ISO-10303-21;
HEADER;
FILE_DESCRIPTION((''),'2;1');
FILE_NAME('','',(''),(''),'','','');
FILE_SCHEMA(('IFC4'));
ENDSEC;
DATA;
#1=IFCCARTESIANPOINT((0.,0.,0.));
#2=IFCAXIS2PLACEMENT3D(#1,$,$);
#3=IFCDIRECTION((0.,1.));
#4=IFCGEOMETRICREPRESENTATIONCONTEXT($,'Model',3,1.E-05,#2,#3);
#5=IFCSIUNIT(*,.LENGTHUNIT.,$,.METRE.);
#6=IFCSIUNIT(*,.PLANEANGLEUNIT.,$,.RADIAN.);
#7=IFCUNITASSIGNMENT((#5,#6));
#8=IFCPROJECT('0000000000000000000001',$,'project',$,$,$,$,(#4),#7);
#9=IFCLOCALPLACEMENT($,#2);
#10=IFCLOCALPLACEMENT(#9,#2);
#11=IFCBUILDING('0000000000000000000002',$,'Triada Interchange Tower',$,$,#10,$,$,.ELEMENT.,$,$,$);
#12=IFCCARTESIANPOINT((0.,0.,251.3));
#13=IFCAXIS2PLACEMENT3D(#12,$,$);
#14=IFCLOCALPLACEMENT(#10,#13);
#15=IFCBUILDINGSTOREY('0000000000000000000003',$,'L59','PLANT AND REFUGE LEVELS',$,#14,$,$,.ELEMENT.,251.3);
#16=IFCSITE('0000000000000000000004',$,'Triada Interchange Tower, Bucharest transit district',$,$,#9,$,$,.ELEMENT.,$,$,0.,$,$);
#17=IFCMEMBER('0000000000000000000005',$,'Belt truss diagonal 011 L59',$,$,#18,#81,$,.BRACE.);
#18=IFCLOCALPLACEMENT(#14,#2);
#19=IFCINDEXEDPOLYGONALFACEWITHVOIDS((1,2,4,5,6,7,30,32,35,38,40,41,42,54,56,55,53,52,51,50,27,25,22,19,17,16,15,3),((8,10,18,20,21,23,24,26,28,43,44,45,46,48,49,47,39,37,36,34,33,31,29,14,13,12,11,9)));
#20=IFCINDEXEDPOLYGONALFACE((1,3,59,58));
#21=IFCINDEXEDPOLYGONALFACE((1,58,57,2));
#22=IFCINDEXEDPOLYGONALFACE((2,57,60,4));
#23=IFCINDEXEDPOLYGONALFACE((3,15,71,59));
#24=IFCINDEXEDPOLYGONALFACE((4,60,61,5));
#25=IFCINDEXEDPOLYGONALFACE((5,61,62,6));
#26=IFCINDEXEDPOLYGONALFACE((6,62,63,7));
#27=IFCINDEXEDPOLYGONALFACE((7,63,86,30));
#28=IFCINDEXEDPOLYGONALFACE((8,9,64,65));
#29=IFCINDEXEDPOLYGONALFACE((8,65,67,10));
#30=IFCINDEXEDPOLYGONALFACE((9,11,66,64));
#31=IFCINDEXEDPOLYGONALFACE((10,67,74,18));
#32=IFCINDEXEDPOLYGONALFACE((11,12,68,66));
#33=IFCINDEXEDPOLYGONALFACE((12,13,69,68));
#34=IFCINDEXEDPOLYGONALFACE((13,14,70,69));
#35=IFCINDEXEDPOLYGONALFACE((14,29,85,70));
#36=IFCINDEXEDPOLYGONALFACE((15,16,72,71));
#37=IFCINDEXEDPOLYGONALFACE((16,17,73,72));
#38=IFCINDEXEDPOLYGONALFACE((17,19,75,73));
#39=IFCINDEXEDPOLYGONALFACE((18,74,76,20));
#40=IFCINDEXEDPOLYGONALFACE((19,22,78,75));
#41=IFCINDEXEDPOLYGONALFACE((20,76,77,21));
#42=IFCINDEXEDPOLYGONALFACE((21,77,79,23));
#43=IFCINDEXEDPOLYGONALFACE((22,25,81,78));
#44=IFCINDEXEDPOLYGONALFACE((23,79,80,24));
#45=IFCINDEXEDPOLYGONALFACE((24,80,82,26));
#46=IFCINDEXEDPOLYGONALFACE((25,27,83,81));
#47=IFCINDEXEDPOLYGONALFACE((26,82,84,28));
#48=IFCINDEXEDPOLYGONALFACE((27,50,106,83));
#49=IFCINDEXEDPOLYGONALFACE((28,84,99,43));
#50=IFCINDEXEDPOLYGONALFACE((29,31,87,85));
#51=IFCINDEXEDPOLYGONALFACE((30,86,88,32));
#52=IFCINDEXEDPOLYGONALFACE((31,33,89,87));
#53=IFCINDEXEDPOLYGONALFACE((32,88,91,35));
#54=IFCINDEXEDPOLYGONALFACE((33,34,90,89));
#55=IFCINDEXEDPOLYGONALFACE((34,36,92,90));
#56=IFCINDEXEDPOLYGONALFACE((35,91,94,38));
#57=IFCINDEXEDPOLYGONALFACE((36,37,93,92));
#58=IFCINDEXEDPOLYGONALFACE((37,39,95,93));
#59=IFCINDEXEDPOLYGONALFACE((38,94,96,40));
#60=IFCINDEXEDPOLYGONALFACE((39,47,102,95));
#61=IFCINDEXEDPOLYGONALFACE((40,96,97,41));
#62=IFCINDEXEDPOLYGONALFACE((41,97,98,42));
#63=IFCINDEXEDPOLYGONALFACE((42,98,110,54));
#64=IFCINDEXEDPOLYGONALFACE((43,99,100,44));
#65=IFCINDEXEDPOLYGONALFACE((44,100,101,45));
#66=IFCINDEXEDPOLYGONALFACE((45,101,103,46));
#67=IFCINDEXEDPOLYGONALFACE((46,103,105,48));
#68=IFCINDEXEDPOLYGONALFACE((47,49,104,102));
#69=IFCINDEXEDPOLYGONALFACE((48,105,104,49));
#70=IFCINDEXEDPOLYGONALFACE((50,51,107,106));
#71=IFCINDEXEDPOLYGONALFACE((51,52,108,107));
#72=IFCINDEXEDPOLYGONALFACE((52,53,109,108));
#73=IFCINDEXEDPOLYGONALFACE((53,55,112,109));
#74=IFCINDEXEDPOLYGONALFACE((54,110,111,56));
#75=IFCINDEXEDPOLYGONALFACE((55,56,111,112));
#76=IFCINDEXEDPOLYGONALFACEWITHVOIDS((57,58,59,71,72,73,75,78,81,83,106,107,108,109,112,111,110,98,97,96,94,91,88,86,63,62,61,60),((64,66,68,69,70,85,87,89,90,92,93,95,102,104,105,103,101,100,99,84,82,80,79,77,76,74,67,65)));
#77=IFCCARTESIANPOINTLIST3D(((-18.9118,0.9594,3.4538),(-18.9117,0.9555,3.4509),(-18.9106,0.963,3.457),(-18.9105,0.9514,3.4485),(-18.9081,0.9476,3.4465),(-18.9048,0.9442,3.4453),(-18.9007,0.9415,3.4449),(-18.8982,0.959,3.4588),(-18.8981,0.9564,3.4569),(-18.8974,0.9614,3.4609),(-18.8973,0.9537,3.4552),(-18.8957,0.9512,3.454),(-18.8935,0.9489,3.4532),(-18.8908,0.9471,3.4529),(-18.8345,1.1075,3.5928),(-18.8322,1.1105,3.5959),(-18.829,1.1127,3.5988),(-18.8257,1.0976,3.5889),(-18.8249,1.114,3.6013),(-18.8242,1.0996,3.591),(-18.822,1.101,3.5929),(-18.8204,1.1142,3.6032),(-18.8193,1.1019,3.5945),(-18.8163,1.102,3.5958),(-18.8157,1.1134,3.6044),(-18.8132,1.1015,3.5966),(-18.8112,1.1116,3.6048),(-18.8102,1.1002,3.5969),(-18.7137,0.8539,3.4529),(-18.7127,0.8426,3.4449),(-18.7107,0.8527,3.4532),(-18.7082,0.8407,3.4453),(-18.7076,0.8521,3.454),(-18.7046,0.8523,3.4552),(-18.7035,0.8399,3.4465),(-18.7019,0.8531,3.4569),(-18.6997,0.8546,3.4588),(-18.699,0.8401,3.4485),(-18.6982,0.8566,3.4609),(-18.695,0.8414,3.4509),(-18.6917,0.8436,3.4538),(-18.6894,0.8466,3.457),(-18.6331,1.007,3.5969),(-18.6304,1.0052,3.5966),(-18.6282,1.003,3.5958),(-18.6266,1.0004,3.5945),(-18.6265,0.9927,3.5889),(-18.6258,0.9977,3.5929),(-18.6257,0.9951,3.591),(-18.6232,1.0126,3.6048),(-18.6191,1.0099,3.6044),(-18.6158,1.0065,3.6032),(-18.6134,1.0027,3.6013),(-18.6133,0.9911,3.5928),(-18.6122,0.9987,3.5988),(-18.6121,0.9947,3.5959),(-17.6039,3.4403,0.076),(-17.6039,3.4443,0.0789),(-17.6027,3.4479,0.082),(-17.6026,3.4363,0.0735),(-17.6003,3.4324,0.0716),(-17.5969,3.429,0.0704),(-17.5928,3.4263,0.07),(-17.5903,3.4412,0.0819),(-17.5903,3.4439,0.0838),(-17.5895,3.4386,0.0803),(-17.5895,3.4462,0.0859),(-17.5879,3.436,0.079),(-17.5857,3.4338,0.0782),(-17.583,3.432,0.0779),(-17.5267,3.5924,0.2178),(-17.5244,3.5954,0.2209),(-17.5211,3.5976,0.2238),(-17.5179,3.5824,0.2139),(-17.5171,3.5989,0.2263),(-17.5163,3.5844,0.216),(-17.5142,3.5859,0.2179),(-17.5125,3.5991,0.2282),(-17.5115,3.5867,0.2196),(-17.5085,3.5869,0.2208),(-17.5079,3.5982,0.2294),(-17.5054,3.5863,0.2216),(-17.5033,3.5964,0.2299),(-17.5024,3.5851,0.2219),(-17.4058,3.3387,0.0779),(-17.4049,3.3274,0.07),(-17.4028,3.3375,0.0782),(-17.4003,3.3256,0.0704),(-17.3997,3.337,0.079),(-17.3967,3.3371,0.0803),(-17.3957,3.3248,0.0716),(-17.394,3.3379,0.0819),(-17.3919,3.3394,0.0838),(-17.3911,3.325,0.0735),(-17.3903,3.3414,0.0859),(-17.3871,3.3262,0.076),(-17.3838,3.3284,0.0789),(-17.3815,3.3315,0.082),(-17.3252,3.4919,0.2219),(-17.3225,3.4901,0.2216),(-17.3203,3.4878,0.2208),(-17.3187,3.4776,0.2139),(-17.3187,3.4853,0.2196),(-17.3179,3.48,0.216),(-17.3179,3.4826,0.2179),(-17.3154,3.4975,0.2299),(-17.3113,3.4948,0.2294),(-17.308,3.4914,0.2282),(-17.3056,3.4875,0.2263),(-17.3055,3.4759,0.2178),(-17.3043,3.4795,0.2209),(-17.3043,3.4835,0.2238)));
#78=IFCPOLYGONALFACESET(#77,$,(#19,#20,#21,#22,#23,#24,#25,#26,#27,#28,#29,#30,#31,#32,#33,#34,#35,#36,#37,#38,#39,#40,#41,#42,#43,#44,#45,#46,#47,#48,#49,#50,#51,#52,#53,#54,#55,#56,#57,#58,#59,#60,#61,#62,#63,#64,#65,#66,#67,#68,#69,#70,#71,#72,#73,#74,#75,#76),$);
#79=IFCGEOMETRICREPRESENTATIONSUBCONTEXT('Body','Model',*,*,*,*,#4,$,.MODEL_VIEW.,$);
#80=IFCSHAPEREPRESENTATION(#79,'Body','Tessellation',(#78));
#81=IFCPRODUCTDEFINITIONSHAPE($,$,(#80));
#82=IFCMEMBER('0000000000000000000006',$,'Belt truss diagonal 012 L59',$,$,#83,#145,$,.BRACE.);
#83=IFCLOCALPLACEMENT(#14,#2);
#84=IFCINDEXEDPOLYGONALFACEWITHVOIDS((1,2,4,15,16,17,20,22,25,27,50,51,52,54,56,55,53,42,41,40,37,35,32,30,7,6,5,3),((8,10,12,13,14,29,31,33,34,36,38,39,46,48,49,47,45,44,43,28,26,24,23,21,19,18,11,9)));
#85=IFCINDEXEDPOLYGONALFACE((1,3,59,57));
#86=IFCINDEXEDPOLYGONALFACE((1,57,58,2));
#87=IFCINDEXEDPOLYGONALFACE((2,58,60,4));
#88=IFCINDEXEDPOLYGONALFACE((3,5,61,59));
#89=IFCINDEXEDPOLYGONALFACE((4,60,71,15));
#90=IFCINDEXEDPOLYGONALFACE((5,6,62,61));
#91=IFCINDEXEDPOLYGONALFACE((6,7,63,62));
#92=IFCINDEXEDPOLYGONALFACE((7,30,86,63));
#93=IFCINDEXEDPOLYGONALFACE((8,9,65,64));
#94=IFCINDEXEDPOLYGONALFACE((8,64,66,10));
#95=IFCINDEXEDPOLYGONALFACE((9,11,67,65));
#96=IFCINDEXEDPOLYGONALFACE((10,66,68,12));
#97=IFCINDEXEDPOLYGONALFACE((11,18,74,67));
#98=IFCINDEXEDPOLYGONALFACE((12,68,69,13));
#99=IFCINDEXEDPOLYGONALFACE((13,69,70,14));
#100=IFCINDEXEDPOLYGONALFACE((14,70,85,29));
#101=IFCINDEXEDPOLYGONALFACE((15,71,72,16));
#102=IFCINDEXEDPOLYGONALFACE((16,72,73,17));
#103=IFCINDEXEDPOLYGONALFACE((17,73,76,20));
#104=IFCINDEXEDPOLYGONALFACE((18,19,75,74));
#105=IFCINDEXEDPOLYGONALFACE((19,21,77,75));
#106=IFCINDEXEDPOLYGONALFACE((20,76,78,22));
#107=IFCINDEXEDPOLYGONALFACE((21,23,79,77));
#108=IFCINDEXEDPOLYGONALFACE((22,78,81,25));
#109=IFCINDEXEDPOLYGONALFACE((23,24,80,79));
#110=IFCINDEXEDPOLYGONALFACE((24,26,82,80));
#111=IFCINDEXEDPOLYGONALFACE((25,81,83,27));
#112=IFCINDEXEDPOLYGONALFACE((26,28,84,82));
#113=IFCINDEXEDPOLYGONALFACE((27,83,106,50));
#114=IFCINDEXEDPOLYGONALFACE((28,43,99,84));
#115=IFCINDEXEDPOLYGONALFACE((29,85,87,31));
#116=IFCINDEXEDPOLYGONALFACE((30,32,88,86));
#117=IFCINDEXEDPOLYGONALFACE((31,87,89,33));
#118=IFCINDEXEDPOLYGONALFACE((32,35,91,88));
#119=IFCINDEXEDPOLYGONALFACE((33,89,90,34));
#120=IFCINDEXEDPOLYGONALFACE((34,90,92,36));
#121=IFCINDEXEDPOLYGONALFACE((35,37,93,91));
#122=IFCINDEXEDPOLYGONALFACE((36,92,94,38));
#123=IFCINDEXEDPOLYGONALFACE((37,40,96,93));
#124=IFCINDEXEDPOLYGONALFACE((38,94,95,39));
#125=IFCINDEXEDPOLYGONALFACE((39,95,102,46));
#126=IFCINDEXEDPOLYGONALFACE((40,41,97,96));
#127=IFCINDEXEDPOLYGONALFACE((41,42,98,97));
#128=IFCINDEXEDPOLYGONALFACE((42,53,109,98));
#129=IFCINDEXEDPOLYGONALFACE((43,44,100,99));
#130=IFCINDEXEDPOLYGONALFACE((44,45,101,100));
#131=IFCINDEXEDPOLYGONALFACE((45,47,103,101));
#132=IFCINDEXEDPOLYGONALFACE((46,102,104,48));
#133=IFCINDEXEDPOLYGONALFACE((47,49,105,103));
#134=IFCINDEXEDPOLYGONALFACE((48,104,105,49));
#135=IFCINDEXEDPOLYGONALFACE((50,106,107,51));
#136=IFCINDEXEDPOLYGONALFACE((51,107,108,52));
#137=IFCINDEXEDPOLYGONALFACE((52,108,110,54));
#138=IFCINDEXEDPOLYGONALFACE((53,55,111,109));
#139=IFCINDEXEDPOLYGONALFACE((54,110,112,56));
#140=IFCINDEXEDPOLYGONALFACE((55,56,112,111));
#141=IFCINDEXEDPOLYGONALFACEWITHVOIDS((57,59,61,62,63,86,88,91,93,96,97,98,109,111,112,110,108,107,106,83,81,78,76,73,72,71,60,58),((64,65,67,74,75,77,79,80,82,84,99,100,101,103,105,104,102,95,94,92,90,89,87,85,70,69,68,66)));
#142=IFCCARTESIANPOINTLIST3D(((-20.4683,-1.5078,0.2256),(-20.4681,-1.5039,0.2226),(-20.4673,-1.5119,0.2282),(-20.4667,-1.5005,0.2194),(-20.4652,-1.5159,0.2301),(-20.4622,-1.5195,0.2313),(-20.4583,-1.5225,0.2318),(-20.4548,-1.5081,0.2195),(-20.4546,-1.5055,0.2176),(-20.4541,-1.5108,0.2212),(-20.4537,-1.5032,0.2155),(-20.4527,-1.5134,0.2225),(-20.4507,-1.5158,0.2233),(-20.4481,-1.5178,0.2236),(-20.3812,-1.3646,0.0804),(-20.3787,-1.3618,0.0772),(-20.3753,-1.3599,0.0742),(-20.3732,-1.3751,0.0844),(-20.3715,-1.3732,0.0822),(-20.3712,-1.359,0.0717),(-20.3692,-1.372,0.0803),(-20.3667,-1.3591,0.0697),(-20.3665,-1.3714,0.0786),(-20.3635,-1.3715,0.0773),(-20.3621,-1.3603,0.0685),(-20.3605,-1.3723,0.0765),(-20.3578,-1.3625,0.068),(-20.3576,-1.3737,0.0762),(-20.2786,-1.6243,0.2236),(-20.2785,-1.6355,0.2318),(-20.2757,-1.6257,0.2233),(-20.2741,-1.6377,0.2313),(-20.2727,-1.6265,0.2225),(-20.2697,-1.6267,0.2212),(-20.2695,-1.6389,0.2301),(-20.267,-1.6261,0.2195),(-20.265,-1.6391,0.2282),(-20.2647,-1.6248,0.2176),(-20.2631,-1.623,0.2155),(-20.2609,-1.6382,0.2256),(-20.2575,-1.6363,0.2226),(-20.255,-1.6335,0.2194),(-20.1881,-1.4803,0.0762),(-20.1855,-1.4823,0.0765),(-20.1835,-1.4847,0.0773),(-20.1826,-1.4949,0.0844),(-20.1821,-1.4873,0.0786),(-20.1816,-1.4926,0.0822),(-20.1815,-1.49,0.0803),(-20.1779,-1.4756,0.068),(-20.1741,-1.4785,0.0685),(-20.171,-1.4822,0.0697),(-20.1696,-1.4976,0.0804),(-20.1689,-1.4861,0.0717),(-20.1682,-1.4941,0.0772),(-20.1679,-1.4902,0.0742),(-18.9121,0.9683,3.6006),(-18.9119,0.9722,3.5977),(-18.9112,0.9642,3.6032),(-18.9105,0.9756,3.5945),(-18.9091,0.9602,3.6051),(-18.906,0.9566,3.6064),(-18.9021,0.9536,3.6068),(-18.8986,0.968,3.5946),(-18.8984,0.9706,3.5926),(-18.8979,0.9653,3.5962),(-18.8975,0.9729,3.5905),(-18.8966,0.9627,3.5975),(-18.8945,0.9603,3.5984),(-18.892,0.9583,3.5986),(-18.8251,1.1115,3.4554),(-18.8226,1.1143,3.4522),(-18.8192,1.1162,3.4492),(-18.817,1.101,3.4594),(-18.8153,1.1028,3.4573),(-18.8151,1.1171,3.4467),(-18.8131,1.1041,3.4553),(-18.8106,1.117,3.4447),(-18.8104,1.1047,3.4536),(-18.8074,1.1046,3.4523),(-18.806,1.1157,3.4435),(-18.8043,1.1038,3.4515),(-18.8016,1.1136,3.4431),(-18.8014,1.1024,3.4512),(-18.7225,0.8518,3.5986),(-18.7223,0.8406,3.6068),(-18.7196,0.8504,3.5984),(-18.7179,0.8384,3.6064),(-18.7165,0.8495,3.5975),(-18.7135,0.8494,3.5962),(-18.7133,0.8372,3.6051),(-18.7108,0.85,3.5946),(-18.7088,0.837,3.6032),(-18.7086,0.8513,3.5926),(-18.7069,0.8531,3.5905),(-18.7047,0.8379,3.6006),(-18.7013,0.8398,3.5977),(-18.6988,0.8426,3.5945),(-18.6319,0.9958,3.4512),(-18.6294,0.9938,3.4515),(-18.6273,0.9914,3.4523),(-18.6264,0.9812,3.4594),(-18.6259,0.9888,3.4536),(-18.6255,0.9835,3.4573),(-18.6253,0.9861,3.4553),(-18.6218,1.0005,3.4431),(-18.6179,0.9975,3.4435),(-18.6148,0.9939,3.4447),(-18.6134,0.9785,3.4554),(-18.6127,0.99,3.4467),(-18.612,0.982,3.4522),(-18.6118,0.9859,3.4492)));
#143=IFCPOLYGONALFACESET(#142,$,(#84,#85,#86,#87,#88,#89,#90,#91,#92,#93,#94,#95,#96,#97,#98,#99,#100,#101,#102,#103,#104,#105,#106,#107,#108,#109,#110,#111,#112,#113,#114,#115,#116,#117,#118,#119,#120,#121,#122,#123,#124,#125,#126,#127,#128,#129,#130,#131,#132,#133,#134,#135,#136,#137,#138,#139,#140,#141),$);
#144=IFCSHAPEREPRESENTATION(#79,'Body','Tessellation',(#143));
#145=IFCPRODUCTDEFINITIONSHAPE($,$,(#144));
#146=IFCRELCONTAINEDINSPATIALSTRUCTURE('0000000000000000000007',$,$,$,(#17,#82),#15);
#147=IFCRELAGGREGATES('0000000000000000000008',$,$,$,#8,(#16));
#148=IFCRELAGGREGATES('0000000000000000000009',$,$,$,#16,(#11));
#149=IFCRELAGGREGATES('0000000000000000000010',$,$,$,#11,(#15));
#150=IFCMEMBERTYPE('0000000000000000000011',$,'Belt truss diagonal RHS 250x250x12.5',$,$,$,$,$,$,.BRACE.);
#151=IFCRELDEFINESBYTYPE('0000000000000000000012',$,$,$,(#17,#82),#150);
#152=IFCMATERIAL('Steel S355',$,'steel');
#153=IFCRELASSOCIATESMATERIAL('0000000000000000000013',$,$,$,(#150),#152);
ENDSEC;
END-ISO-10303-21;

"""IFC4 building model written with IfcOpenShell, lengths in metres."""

from ifc_helpers import new_model, si_unit, direction, frame, origin, origin_2d, place, context, subcontext, project, spatial, hollow_rectangle, extrude, material, material_profile, profile_set, type_object, element, save


model = new_model("IFC4")

# Units and contexts
model_context = context("Model", 3, precision=1e-05, world=origin(), true_north=direction((0.0, 1.0)))
body_context = subcontext(model_context, "Body", "Model", "MODEL_VIEW")
ifc_project = project(units=[si_unit("LENGTHUNIT", "METRE"), si_unit("PLANEANGLEUNIT", "RADIAN")], contexts=[model_context])

# Site, building, storey
site_placement = place(None, origin())
site = spatial("IfcSite", under=ifc_project, at=site_placement, Name="Triada Interchange Tower, Bucharest transit district", CompositionType="ELEMENT", RefElevation=0.0)
building_placement = place(site_placement, origin())
building = spatial("IfcBuilding", under=site, at=building_placement, Name="Triada Interchange Tower", CompositionType="ELEMENT")
storey_placement = place(building_placement, frame((0.0, 0.0, 251.3)))
storey = spatial("IfcBuildingStorey", under=building, at=storey_placement, Name="L59", Description="PLANT AND REFUGE LEVELS", CompositionType="ELEMENT", Elevation=251.3)

# Members
ifc_material_1 = material(Name="Steel S355", Category="steel")
ifc_material_profile_1 = material_profile(ifc_material_1, hollow_rectangle(XDim=0.25, YDim=0.25, WallThickness=0.0125, InnerFilletRadius=0.0125, OuterFilletRadius=0.0188, at=origin_2d()), Name="RHS 250x250x12.5")
ifc_profile_set_1 = profile_set([ifc_material_profile_1], Name="Steel S355")
member_type = type_object("IfcMemberType", Name="Belt truss diagonal RHS 250x250x12.5", PredefinedType="BRACE", material=ifc_profile_set_1)
member_1_placement = place(storey_placement, frame((-17.4541, 3.4619, 0.1499), z_axis=(-0.297891, -0.565976, 0.768721), x_axis=(0.884913, -0.465757, 0.0)))
element("IfcMember", 1, at=member_1_placement, inside=storey, type_object=member_type, Name="Belt truss diagonal 011 L59", PredefinedType="BRACE", context=body_context, shape_type="SweptSolid", body=[
    extrude(hollow_rectangle(XDim=0.25, YDim=0.25, WallThickness=0.0125, InnerFilletRadius=0.0125, OuterFilletRadius=0.0188, at=origin_2d()), origin(), (0.0, 0.0, 1.0), 4.3904),
])
member_2_placement = place(storey_placement, frame((-20.3181, -1.499, 0.1499), z_axis=(0.348462, 0.554455, 0.755747), x_axis=(-0.846673, 0.532113, 0.0)))
element("IfcMember", 2, at=member_2_placement, inside=storey, type_object=member_type, Name="Belt truss diagonal 012 L59", PredefinedType="BRACE", context=body_context, shape_type="SweptSolid", body=[
    extrude(hollow_rectangle(XDim=0.25, YDim=0.25, WallThickness=0.0125, InnerFilletRadius=0.0125, OuterFilletRadius=0.0188, at=origin_2d()), origin(), (0.0, 0.0, 1.0), 4.4658),
])

save(model, "model.ifc")
